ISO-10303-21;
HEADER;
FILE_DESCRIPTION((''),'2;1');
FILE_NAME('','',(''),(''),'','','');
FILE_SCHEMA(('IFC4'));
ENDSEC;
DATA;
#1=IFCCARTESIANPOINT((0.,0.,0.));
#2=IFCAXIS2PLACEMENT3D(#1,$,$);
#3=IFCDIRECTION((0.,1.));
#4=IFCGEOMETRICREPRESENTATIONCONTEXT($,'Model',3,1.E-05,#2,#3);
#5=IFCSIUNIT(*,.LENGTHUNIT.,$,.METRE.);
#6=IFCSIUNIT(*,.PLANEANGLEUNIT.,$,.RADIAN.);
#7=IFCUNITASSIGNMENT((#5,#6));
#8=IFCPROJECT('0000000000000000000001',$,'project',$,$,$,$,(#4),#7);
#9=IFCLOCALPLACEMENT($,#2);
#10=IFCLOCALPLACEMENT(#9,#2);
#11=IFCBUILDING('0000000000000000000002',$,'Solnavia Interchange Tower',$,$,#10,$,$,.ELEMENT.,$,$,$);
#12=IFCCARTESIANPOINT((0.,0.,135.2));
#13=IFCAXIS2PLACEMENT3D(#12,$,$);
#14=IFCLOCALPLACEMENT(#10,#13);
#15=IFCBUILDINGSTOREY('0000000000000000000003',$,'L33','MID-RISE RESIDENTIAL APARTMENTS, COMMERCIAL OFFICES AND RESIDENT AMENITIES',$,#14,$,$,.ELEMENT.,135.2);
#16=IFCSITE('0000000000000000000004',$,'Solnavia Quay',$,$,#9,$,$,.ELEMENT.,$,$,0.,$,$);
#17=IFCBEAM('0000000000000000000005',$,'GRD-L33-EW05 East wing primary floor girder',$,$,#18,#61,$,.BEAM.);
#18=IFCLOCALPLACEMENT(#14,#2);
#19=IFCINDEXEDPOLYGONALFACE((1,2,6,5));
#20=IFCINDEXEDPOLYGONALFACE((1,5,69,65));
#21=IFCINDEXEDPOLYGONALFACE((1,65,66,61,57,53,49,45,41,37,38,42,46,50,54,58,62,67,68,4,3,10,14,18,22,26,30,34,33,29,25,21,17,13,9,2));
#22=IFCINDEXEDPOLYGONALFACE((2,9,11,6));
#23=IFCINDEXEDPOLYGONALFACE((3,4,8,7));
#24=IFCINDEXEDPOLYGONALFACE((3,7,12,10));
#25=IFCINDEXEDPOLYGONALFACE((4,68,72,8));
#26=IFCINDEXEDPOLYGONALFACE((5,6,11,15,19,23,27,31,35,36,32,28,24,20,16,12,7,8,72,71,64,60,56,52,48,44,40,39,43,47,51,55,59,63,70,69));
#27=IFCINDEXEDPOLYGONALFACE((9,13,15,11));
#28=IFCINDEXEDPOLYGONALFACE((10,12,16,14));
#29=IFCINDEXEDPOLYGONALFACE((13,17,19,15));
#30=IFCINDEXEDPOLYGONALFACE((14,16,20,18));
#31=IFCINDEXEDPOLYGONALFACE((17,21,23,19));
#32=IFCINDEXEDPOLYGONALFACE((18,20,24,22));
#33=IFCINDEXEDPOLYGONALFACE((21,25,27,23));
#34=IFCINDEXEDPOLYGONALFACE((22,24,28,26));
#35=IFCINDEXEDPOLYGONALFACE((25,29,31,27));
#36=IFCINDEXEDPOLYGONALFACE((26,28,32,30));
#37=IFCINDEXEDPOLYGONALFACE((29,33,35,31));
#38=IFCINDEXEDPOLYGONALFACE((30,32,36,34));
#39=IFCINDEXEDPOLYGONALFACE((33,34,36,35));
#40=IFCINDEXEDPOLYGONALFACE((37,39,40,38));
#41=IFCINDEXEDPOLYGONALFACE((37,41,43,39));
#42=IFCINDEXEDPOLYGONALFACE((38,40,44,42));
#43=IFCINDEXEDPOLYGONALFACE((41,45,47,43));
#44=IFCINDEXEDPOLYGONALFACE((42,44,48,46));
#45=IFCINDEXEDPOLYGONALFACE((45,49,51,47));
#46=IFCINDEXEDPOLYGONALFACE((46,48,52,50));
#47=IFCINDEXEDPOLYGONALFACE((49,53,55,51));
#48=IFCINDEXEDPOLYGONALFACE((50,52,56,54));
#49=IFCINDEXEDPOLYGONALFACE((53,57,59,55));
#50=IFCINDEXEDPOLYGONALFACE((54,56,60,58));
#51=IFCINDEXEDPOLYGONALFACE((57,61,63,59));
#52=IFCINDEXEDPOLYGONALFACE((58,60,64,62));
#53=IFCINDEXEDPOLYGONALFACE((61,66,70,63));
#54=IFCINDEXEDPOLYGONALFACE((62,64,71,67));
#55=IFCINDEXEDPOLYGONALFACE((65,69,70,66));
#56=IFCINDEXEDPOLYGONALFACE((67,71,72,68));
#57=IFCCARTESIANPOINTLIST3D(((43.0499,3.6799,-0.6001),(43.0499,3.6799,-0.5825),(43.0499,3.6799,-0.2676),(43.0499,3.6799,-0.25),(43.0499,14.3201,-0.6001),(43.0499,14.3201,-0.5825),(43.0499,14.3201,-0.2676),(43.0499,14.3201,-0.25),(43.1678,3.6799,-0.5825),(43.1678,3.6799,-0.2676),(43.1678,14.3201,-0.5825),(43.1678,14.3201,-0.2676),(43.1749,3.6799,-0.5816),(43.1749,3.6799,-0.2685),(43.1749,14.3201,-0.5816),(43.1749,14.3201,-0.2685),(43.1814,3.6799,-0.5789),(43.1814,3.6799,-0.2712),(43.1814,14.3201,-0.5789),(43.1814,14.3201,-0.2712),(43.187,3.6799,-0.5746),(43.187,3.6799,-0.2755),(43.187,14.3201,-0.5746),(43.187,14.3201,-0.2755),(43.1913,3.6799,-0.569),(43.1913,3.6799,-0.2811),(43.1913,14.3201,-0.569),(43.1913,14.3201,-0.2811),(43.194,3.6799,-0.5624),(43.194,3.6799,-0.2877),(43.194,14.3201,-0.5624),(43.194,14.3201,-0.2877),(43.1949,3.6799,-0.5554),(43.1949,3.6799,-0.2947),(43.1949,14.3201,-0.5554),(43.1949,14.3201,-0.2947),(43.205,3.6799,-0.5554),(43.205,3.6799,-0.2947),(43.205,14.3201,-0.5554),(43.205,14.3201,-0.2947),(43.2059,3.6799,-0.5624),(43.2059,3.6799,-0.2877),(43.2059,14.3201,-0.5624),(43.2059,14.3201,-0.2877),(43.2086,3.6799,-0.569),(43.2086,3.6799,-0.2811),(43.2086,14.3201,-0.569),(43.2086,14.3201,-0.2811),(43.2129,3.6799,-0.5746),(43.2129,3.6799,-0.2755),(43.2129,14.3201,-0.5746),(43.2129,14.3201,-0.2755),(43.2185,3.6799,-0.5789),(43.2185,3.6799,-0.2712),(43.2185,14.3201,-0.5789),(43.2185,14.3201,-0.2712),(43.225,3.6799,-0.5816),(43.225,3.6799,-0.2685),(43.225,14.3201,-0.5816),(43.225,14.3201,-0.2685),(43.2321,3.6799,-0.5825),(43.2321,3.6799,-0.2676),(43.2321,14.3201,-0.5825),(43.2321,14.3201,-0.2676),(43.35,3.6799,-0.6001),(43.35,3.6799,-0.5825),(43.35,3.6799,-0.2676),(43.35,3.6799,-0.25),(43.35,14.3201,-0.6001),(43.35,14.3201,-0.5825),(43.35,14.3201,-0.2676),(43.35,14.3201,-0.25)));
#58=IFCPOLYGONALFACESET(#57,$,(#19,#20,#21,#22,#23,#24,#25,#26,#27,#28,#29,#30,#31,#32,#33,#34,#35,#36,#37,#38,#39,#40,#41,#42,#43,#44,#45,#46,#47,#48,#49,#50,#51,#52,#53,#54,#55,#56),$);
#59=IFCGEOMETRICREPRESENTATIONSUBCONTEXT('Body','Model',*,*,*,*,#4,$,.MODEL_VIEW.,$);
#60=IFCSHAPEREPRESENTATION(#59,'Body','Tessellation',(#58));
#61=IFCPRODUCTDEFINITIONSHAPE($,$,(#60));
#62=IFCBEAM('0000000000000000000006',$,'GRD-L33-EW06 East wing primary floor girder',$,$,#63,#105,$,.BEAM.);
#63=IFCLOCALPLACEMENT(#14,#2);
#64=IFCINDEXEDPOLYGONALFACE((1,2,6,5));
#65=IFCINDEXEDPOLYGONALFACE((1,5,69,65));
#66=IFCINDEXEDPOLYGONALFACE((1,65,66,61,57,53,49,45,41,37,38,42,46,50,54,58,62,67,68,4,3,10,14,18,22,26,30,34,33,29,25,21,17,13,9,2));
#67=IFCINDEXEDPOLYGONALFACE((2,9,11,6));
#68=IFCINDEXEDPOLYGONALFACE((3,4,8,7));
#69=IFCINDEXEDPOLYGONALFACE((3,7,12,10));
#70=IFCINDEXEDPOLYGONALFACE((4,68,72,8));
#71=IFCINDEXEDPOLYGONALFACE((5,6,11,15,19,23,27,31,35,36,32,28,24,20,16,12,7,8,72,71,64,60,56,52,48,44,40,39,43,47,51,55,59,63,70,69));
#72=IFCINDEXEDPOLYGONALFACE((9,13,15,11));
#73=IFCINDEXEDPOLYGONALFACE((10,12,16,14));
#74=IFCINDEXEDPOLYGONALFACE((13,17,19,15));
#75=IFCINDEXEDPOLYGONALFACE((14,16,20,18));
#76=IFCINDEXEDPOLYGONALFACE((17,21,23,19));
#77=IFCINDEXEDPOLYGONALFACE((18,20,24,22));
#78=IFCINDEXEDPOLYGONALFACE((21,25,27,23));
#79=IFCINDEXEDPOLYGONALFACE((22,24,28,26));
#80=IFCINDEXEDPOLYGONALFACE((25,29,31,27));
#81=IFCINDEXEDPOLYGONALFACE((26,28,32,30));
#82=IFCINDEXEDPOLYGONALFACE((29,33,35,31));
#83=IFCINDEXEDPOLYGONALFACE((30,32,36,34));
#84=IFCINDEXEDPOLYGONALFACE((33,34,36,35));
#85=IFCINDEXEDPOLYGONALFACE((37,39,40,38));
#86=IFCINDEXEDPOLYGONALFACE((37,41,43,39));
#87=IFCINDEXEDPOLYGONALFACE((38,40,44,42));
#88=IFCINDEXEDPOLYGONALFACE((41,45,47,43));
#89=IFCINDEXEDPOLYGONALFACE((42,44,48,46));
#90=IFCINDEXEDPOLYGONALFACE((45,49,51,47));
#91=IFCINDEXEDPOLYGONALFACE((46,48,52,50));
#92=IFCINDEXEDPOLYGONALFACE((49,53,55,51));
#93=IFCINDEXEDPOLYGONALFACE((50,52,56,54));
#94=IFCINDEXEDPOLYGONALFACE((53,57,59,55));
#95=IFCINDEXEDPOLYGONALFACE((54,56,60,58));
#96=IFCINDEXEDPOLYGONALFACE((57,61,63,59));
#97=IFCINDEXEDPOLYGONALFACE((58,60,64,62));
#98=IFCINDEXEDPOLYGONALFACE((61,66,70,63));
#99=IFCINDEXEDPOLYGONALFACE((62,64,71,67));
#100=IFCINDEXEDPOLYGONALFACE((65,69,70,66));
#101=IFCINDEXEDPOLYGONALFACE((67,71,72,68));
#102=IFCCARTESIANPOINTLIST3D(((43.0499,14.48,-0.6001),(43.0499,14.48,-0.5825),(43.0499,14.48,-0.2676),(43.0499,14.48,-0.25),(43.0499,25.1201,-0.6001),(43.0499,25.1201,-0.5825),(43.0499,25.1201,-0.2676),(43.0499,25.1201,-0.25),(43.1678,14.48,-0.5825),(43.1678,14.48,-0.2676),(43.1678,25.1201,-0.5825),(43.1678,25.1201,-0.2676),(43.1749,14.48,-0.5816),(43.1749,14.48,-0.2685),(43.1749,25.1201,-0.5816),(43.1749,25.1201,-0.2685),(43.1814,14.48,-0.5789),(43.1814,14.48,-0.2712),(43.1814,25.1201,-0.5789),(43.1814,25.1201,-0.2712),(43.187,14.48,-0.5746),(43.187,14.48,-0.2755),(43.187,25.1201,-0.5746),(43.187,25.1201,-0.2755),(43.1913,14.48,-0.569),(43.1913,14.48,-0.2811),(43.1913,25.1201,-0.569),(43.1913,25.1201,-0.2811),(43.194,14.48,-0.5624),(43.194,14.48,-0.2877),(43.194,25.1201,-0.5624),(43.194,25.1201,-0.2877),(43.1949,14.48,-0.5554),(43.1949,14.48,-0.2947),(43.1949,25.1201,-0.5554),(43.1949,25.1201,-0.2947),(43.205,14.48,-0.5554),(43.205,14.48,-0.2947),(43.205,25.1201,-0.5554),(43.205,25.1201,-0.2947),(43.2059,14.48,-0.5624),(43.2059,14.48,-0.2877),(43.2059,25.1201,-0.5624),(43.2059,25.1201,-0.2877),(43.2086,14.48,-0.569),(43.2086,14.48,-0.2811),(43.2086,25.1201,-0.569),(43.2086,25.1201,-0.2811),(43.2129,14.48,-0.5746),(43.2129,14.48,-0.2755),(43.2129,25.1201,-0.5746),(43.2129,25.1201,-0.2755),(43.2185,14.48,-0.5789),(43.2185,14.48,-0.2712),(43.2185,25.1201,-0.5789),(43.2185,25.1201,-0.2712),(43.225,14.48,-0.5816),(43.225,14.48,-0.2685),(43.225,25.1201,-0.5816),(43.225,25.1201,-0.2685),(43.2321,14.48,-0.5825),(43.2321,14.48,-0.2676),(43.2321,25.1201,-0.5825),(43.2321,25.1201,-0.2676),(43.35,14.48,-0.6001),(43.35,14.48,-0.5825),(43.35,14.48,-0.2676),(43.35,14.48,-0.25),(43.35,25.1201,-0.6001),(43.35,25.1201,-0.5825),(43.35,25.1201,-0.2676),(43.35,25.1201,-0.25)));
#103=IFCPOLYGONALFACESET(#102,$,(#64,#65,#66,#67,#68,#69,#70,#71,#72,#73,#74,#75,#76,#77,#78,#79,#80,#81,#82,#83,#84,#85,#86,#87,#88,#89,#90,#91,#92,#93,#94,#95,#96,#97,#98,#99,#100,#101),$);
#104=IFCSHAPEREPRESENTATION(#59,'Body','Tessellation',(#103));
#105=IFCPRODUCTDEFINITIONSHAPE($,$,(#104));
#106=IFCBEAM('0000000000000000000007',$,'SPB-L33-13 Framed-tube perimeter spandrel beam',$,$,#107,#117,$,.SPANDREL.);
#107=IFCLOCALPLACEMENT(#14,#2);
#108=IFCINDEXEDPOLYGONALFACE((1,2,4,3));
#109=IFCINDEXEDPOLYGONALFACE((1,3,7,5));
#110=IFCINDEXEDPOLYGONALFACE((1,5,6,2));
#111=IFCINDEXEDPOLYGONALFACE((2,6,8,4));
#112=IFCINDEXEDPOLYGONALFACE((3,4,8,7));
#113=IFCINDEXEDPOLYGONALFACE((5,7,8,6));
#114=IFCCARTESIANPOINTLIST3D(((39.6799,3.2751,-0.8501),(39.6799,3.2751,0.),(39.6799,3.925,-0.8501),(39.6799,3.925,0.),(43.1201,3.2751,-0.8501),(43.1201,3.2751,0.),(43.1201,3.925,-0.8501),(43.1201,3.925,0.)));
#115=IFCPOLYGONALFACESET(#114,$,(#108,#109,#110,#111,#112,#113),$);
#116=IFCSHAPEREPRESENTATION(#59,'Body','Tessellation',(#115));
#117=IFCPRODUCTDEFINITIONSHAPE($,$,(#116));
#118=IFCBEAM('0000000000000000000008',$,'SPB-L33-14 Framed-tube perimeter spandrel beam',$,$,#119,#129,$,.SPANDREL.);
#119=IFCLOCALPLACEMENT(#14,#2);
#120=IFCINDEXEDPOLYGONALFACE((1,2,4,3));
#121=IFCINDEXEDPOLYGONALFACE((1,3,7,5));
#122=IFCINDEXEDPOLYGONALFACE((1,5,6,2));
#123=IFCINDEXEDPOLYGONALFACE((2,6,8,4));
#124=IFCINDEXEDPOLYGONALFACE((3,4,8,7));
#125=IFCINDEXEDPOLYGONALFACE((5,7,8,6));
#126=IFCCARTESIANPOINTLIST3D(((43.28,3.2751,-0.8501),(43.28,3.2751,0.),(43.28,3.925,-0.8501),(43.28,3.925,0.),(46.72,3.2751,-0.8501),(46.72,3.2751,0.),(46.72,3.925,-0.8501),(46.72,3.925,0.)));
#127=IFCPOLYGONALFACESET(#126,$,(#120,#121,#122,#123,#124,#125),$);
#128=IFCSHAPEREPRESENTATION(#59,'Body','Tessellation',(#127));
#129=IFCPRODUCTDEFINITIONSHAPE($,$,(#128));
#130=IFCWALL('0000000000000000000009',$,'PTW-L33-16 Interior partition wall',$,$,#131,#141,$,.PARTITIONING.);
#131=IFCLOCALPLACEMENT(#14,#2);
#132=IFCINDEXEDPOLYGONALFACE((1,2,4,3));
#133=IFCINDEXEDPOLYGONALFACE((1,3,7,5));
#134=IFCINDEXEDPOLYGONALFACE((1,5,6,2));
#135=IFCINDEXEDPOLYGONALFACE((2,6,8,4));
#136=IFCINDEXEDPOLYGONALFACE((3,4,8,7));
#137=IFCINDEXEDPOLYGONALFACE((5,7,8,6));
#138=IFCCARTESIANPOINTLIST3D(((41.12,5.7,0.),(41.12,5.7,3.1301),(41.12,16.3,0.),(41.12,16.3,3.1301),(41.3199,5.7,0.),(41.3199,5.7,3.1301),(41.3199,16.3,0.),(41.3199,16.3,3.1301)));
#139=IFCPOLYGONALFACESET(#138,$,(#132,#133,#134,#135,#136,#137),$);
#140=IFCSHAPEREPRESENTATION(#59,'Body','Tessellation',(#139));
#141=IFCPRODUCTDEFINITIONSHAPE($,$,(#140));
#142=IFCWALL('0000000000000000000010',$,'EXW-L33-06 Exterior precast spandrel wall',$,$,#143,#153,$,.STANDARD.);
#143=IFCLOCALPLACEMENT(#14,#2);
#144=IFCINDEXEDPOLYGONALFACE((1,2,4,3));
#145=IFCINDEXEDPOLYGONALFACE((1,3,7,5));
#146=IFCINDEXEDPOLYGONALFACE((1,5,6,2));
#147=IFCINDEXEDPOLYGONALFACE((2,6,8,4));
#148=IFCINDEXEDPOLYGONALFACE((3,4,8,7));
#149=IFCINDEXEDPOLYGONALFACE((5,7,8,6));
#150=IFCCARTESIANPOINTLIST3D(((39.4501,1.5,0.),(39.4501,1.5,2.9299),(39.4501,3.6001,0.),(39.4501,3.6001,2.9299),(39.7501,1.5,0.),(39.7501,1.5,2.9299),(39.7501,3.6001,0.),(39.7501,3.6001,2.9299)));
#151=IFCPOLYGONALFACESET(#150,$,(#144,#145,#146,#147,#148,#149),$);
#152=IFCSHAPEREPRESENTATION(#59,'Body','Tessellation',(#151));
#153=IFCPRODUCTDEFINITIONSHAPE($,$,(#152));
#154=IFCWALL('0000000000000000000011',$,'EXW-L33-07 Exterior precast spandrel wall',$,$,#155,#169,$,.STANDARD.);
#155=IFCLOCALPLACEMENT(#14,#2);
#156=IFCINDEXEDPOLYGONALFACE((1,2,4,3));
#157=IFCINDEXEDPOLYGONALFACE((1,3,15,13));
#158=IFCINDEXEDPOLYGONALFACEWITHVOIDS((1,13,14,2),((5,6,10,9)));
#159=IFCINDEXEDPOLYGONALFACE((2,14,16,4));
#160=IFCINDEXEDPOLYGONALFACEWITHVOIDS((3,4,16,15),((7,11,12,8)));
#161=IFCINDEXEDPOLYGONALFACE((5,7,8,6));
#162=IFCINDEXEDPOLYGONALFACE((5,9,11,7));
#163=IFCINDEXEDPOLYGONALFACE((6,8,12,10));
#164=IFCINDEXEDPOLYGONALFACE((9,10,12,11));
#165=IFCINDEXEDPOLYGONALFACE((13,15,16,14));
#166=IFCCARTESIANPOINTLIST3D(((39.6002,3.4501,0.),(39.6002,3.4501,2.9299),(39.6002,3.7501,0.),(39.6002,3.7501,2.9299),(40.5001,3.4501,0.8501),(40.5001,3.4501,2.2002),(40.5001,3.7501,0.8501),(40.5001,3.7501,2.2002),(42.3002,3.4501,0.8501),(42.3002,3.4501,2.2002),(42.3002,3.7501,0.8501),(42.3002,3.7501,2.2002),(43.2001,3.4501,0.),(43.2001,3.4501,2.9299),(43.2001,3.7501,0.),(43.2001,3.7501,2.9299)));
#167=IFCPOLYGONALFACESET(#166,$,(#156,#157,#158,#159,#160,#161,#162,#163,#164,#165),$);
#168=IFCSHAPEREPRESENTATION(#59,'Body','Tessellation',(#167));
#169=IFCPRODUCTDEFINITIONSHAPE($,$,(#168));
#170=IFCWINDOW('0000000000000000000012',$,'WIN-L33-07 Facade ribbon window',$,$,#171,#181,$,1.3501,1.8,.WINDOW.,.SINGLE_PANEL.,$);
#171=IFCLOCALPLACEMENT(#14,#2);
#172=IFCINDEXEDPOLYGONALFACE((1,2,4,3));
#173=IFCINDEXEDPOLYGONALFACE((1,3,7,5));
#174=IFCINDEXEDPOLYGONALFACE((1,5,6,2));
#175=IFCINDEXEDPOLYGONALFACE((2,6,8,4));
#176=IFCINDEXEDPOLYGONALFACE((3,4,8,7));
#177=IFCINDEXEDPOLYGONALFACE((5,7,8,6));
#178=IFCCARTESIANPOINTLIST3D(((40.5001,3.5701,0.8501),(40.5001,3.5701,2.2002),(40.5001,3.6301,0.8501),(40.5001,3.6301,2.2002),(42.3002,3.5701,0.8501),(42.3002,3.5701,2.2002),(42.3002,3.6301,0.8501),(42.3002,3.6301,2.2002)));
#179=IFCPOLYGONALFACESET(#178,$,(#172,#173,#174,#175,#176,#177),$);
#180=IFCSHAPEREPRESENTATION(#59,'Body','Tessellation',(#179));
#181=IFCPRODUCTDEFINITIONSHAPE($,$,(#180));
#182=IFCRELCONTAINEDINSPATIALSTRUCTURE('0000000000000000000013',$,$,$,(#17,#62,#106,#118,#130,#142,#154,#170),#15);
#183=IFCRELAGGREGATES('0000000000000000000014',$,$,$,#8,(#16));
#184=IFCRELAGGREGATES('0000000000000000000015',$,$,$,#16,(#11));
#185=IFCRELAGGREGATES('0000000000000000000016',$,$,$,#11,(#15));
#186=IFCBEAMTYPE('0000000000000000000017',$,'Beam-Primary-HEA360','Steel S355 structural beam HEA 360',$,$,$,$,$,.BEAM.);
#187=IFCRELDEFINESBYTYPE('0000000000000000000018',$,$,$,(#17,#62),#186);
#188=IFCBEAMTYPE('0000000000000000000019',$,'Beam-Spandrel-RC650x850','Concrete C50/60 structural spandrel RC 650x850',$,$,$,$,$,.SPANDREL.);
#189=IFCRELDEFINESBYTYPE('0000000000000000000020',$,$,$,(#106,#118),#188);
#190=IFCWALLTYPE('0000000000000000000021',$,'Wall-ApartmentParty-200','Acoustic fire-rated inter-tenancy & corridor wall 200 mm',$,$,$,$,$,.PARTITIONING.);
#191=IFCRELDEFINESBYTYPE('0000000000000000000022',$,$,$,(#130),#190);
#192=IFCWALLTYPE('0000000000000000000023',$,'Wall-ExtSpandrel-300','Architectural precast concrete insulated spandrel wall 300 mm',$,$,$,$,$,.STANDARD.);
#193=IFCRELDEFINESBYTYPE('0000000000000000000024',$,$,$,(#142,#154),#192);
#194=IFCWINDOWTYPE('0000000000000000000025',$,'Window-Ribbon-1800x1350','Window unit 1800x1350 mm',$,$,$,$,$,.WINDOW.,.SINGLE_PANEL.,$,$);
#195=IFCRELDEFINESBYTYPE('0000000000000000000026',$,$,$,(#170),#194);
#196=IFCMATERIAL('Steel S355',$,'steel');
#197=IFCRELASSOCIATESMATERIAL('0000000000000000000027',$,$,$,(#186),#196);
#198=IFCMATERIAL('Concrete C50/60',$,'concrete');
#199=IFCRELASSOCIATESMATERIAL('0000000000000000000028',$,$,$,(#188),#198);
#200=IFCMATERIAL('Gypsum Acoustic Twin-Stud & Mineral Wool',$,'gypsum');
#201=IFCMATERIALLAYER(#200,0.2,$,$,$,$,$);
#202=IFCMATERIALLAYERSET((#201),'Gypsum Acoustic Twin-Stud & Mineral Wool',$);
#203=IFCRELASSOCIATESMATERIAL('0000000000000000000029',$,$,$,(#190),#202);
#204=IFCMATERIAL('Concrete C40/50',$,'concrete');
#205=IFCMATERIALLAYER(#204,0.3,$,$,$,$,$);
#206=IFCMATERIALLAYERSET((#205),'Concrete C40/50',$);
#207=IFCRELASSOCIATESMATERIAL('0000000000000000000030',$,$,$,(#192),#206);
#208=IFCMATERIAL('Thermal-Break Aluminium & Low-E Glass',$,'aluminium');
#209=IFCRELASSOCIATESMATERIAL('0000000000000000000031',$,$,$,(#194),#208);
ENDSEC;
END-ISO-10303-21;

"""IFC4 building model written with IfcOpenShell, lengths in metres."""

from ifc_helpers import new_model, si_unit, direction, frame, frame_2d, origin, origin_2d, place, context, subcontext, project, spatial, rectangle, i_section, extrude, material, layer, layer_set, material_profile, profile_set, type_object, element, fill, save


model = new_model("IFC4")

# Units and contexts
model_context = context("Model", 3, precision=1e-05, world=origin(), true_north=direction((0.0, 1.0)))
body_context = subcontext(model_context, "Body", "Model", "MODEL_VIEW")
ifc_project = project(units=[si_unit("LENGTHUNIT", "METRE"), si_unit("PLANEANGLEUNIT", "RADIAN")], contexts=[model_context])

# Site, building, storey
site_placement = place(None, origin())
site = spatial("IfcSite", under=ifc_project, at=site_placement, Name="Solnavia Quay", CompositionType="ELEMENT", RefElevation=0.0)
building_placement = place(site_placement, origin())
building = spatial("IfcBuilding", under=site, at=building_placement, Name="Solnavia Interchange Tower", CompositionType="ELEMENT")
storey_placement = place(building_placement, frame((0.0, 0.0, 135.2)))
storey = spatial("IfcBuildingStorey", under=building, at=storey_placement, Name="L33", Description="MID-RISE RESIDENTIAL APARTMENTS, COMMERCIAL OFFICES AND RESIDENT AMENITIES", CompositionType="ELEMENT", Elevation=135.2)

# Shared definitions
ifc_material_1 = material(Name="Concrete C50/60", Category="concrete")
ifc_material_2 = material(Name="Steel S355", Category="steel")

# Beams
ifc_material_profile_1 = material_profile(ifc_material_2, i_section(OverallWidth=0.3, OverallDepth=0.3501, WebThickness=0.01, FlangeThickness=0.0176, FilletRadius=0.0271, at=origin_2d()), Name="HEA 360")
ifc_profile_set_1 = profile_set([ifc_material_profile_1], Name="Steel S355")
beam_type_1 = type_object("IfcBeamType", Name="Beam-Primary-HEA360", Description="Steel S355 structural beam HEA 360", PredefinedType="BEAM", material=ifc_profile_set_1)
for number, where, z_axis, x_axis, name in (
    (1, (43.2, 3.6799, -0.425), (0.0, 1.0, 0.0), (-1.0, 0.0, 0.0), "GRD-L33-EW05 East wing primary floor girder"),
    (2, (43.2, 14.48, -0.425), (0.0, 1.0, 0.0), (-1.0, 0.0, 0.0), "GRD-L33-EW06 East wing primary floor girder"),
):
    element("IfcBeam", number, at=place(storey_placement, frame(where, z_axis=z_axis, x_axis=x_axis)), inside=storey, type_object=beam_type_1, Name=name, PredefinedType="BEAM", context=body_context, shape_type="SweptSolid", body=[
        extrude(i_section(OverallWidth=0.3, OverallDepth=0.3501, WebThickness=0.01, FlangeThickness=0.0176, FilletRadius=0.0271, at=origin_2d()), origin(), (0.0, 0.0, 1.0), 10.6401),
    ])
ifc_material_profile_2 = material_profile(ifc_material_1, rectangle(XDim=0.6499, YDim=0.8501, at=origin_2d()), Name="RC 650x850")
ifc_profile_set_2 = profile_set([ifc_material_profile_2], Name="Concrete C50/60")
beam_type_2 = type_object("IfcBeamType", Name="Beam-Spandrel-RC650x850", Description="Concrete C50/60 structural spandrel RC 650x850", PredefinedType="SPANDREL", material=ifc_profile_set_2)
beam_1_placement = place(storey_placement, frame((39.6799, 3.6001, -0.425), z_axis=(1.0, 0.0, 0.0), x_axis=(0.0, 1.0, 0.0)))
element("IfcBeam", 3, at=beam_1_placement, inside=storey, type_object=beam_type_2, Name="SPB-L33-13 Framed-tube perimeter spandrel beam", PredefinedType="SPANDREL", context=body_context, shape_type="SweptSolid", body=[
    extrude(rectangle(XDim=0.6499, YDim=0.8501, at=origin_2d()), origin(), (0.0, 0.0, 1.0), 3.4402),
])
beam_2_placement = place(storey_placement, frame((43.28, 3.6001, -0.425), z_axis=(1.0, 0.0, 0.0), x_axis=(0.0, 1.0, 0.0)))
element("IfcBeam", 4, at=beam_2_placement, inside=storey, type_object=beam_type_2, Name="SPB-L33-14 Framed-tube perimeter spandrel beam", PredefinedType="SPANDREL", context=body_context, shape_type="SweptSolid", body=[
    extrude(rectangle(XDim=0.6499, YDim=0.8501, at=origin_2d()), origin(), (0.0, 0.0, 1.0), 3.4399),
])

# Walls
ifc_material_3 = material(Name="Gypsum Acoustic Twin-Stud & Mineral Wool", Category="gypsum")
ifc_layer_1 = layer(ifc_material_3, 0.2)
ifc_layer_set_1 = layer_set([ifc_layer_1], Name="Gypsum Acoustic Twin-Stud & Mineral Wool")
wall_type_1 = type_object("IfcWallType", Name="Wall-ApartmentParty-200", Description="Acoustic fire-rated inter-tenancy & corridor wall 200 mm", PredefinedType="PARTITIONING", material=ifc_layer_set_1)
wall_1_placement = place(storey_placement, frame((41.22, 5.7, 0.0), z_axis=(0.0, 0.0, 1.0), x_axis=(0.0, 1.0, 0.0)))
element("IfcWall", 5, at=wall_1_placement, inside=storey, type_object=wall_type_1, Name="PTW-L33-16 Interior partition wall", PredefinedType="PARTITIONING", context=body_context, shape_type="SweptSolid", body=[
    extrude(rectangle(XDim=10.6001, YDim=0.2, at=frame_2d((5.3, 0.0))), origin(), (0.0, 0.0, 1.0), 3.1301),
])
ifc_material_4 = material(Name="Concrete C40/50", Category="concrete")
ifc_layer_2 = layer(ifc_material_4, 0.3)
ifc_layer_set_2 = layer_set([ifc_layer_2], Name="Concrete C40/50")
wall_type_2 = type_object("IfcWallType", Name="Wall-ExtSpandrel-300", Description="Architectural precast concrete insulated spandrel wall 300 mm", PredefinedType="STANDARD", material=ifc_layer_set_2)
wall_2_placement = place(storey_placement, frame((39.6001, 3.6001, 0.0), z_axis=(0.0, 0.0, 1.0), x_axis=(0.0, -1.0, 0.0)))
element("IfcWall", 6, at=wall_2_placement, inside=storey, type_object=wall_type_2, Name="EXW-L33-06 Exterior precast spandrel wall", PredefinedType="STANDARD", context=body_context, shape_type="SweptSolid", body=[
    extrude(rectangle(XDim=2.1001, YDim=0.3, at=frame_2d((1.05, 0.0))), origin(), (0.0, 0.0, 1.0), 2.9299),
])

# Wall, opening, window
wall_3_placement = place(storey_placement, frame((43.2, 3.6001, 0.0), z_axis=(0.0, 0.0, 1.0), x_axis=(-1.0, 0.0, 0.0)))
wall_3 = element("IfcWall", 7, at=wall_3_placement, inside=storey, type_object=wall_type_2, Name="EXW-L33-07 Exterior precast spandrel wall", PredefinedType="STANDARD", context=body_context, shape_type="SweptSolid", body=[
    extrude(rectangle(XDim=3.5999, YDim=0.3, at=frame_2d((1.7998, 0.0))), origin(), (0.0, 0.0, 1.0), 2.9299),
])
opening_1_placement = place(wall_3_placement, frame((0.8999, 0.0, 0.8501)))
opening_1 = element("IfcOpeningElement", 8, at=opening_1_placement, cuts=wall_3, PredefinedType="OPENING", context=body_context, shape_type="SweptSolid", body=[
    extrude(rectangle(XDim=1.8, YDim=1.3501, at=frame_2d((0.8999, 0.675))), frame((0.0, 0.1602, 0.0), z_axis=(0.0, -1.0, 0.0), x_axis=(1.0, 0.0, 0.0)), (0.0, 0.0, 1.0), 0.3201),
])
ifc_material_5 = material(Name="Thermal-Break Aluminium & Low-E Glass", Category="aluminium")
window_type = type_object("IfcWindowType", Name="Window-Ribbon-1800x1350", Description="Window unit 1800x1350 mm", PartitioningType="SINGLE_PANEL", PredefinedType="WINDOW", material=ifc_material_5)
window_placement = place(opening_1_placement, origin())
window = element("IfcWindow", 9, at=window_placement, inside=storey, type_object=window_type, Name="WIN-L33-07 Facade ribbon window", OverallHeight=1.3501, OverallWidth=1.8, PartitioningType="SINGLE_PANEL", PredefinedType="WINDOW", context=body_context, shape_type="SweptSolid", body=[
    extrude(rectangle(XDim=1.8, YDim=1.3501, at=frame_2d((0.8999, 0.675))), frame((0.0, 0.03, 0.0), z_axis=(0.0, -1.0, 0.0), x_axis=(1.0, 0.0, 0.0)), (0.0, 0.0, 1.0), 0.0601),
])
fill(opening_1, window)

save(model, "model.ifc")
